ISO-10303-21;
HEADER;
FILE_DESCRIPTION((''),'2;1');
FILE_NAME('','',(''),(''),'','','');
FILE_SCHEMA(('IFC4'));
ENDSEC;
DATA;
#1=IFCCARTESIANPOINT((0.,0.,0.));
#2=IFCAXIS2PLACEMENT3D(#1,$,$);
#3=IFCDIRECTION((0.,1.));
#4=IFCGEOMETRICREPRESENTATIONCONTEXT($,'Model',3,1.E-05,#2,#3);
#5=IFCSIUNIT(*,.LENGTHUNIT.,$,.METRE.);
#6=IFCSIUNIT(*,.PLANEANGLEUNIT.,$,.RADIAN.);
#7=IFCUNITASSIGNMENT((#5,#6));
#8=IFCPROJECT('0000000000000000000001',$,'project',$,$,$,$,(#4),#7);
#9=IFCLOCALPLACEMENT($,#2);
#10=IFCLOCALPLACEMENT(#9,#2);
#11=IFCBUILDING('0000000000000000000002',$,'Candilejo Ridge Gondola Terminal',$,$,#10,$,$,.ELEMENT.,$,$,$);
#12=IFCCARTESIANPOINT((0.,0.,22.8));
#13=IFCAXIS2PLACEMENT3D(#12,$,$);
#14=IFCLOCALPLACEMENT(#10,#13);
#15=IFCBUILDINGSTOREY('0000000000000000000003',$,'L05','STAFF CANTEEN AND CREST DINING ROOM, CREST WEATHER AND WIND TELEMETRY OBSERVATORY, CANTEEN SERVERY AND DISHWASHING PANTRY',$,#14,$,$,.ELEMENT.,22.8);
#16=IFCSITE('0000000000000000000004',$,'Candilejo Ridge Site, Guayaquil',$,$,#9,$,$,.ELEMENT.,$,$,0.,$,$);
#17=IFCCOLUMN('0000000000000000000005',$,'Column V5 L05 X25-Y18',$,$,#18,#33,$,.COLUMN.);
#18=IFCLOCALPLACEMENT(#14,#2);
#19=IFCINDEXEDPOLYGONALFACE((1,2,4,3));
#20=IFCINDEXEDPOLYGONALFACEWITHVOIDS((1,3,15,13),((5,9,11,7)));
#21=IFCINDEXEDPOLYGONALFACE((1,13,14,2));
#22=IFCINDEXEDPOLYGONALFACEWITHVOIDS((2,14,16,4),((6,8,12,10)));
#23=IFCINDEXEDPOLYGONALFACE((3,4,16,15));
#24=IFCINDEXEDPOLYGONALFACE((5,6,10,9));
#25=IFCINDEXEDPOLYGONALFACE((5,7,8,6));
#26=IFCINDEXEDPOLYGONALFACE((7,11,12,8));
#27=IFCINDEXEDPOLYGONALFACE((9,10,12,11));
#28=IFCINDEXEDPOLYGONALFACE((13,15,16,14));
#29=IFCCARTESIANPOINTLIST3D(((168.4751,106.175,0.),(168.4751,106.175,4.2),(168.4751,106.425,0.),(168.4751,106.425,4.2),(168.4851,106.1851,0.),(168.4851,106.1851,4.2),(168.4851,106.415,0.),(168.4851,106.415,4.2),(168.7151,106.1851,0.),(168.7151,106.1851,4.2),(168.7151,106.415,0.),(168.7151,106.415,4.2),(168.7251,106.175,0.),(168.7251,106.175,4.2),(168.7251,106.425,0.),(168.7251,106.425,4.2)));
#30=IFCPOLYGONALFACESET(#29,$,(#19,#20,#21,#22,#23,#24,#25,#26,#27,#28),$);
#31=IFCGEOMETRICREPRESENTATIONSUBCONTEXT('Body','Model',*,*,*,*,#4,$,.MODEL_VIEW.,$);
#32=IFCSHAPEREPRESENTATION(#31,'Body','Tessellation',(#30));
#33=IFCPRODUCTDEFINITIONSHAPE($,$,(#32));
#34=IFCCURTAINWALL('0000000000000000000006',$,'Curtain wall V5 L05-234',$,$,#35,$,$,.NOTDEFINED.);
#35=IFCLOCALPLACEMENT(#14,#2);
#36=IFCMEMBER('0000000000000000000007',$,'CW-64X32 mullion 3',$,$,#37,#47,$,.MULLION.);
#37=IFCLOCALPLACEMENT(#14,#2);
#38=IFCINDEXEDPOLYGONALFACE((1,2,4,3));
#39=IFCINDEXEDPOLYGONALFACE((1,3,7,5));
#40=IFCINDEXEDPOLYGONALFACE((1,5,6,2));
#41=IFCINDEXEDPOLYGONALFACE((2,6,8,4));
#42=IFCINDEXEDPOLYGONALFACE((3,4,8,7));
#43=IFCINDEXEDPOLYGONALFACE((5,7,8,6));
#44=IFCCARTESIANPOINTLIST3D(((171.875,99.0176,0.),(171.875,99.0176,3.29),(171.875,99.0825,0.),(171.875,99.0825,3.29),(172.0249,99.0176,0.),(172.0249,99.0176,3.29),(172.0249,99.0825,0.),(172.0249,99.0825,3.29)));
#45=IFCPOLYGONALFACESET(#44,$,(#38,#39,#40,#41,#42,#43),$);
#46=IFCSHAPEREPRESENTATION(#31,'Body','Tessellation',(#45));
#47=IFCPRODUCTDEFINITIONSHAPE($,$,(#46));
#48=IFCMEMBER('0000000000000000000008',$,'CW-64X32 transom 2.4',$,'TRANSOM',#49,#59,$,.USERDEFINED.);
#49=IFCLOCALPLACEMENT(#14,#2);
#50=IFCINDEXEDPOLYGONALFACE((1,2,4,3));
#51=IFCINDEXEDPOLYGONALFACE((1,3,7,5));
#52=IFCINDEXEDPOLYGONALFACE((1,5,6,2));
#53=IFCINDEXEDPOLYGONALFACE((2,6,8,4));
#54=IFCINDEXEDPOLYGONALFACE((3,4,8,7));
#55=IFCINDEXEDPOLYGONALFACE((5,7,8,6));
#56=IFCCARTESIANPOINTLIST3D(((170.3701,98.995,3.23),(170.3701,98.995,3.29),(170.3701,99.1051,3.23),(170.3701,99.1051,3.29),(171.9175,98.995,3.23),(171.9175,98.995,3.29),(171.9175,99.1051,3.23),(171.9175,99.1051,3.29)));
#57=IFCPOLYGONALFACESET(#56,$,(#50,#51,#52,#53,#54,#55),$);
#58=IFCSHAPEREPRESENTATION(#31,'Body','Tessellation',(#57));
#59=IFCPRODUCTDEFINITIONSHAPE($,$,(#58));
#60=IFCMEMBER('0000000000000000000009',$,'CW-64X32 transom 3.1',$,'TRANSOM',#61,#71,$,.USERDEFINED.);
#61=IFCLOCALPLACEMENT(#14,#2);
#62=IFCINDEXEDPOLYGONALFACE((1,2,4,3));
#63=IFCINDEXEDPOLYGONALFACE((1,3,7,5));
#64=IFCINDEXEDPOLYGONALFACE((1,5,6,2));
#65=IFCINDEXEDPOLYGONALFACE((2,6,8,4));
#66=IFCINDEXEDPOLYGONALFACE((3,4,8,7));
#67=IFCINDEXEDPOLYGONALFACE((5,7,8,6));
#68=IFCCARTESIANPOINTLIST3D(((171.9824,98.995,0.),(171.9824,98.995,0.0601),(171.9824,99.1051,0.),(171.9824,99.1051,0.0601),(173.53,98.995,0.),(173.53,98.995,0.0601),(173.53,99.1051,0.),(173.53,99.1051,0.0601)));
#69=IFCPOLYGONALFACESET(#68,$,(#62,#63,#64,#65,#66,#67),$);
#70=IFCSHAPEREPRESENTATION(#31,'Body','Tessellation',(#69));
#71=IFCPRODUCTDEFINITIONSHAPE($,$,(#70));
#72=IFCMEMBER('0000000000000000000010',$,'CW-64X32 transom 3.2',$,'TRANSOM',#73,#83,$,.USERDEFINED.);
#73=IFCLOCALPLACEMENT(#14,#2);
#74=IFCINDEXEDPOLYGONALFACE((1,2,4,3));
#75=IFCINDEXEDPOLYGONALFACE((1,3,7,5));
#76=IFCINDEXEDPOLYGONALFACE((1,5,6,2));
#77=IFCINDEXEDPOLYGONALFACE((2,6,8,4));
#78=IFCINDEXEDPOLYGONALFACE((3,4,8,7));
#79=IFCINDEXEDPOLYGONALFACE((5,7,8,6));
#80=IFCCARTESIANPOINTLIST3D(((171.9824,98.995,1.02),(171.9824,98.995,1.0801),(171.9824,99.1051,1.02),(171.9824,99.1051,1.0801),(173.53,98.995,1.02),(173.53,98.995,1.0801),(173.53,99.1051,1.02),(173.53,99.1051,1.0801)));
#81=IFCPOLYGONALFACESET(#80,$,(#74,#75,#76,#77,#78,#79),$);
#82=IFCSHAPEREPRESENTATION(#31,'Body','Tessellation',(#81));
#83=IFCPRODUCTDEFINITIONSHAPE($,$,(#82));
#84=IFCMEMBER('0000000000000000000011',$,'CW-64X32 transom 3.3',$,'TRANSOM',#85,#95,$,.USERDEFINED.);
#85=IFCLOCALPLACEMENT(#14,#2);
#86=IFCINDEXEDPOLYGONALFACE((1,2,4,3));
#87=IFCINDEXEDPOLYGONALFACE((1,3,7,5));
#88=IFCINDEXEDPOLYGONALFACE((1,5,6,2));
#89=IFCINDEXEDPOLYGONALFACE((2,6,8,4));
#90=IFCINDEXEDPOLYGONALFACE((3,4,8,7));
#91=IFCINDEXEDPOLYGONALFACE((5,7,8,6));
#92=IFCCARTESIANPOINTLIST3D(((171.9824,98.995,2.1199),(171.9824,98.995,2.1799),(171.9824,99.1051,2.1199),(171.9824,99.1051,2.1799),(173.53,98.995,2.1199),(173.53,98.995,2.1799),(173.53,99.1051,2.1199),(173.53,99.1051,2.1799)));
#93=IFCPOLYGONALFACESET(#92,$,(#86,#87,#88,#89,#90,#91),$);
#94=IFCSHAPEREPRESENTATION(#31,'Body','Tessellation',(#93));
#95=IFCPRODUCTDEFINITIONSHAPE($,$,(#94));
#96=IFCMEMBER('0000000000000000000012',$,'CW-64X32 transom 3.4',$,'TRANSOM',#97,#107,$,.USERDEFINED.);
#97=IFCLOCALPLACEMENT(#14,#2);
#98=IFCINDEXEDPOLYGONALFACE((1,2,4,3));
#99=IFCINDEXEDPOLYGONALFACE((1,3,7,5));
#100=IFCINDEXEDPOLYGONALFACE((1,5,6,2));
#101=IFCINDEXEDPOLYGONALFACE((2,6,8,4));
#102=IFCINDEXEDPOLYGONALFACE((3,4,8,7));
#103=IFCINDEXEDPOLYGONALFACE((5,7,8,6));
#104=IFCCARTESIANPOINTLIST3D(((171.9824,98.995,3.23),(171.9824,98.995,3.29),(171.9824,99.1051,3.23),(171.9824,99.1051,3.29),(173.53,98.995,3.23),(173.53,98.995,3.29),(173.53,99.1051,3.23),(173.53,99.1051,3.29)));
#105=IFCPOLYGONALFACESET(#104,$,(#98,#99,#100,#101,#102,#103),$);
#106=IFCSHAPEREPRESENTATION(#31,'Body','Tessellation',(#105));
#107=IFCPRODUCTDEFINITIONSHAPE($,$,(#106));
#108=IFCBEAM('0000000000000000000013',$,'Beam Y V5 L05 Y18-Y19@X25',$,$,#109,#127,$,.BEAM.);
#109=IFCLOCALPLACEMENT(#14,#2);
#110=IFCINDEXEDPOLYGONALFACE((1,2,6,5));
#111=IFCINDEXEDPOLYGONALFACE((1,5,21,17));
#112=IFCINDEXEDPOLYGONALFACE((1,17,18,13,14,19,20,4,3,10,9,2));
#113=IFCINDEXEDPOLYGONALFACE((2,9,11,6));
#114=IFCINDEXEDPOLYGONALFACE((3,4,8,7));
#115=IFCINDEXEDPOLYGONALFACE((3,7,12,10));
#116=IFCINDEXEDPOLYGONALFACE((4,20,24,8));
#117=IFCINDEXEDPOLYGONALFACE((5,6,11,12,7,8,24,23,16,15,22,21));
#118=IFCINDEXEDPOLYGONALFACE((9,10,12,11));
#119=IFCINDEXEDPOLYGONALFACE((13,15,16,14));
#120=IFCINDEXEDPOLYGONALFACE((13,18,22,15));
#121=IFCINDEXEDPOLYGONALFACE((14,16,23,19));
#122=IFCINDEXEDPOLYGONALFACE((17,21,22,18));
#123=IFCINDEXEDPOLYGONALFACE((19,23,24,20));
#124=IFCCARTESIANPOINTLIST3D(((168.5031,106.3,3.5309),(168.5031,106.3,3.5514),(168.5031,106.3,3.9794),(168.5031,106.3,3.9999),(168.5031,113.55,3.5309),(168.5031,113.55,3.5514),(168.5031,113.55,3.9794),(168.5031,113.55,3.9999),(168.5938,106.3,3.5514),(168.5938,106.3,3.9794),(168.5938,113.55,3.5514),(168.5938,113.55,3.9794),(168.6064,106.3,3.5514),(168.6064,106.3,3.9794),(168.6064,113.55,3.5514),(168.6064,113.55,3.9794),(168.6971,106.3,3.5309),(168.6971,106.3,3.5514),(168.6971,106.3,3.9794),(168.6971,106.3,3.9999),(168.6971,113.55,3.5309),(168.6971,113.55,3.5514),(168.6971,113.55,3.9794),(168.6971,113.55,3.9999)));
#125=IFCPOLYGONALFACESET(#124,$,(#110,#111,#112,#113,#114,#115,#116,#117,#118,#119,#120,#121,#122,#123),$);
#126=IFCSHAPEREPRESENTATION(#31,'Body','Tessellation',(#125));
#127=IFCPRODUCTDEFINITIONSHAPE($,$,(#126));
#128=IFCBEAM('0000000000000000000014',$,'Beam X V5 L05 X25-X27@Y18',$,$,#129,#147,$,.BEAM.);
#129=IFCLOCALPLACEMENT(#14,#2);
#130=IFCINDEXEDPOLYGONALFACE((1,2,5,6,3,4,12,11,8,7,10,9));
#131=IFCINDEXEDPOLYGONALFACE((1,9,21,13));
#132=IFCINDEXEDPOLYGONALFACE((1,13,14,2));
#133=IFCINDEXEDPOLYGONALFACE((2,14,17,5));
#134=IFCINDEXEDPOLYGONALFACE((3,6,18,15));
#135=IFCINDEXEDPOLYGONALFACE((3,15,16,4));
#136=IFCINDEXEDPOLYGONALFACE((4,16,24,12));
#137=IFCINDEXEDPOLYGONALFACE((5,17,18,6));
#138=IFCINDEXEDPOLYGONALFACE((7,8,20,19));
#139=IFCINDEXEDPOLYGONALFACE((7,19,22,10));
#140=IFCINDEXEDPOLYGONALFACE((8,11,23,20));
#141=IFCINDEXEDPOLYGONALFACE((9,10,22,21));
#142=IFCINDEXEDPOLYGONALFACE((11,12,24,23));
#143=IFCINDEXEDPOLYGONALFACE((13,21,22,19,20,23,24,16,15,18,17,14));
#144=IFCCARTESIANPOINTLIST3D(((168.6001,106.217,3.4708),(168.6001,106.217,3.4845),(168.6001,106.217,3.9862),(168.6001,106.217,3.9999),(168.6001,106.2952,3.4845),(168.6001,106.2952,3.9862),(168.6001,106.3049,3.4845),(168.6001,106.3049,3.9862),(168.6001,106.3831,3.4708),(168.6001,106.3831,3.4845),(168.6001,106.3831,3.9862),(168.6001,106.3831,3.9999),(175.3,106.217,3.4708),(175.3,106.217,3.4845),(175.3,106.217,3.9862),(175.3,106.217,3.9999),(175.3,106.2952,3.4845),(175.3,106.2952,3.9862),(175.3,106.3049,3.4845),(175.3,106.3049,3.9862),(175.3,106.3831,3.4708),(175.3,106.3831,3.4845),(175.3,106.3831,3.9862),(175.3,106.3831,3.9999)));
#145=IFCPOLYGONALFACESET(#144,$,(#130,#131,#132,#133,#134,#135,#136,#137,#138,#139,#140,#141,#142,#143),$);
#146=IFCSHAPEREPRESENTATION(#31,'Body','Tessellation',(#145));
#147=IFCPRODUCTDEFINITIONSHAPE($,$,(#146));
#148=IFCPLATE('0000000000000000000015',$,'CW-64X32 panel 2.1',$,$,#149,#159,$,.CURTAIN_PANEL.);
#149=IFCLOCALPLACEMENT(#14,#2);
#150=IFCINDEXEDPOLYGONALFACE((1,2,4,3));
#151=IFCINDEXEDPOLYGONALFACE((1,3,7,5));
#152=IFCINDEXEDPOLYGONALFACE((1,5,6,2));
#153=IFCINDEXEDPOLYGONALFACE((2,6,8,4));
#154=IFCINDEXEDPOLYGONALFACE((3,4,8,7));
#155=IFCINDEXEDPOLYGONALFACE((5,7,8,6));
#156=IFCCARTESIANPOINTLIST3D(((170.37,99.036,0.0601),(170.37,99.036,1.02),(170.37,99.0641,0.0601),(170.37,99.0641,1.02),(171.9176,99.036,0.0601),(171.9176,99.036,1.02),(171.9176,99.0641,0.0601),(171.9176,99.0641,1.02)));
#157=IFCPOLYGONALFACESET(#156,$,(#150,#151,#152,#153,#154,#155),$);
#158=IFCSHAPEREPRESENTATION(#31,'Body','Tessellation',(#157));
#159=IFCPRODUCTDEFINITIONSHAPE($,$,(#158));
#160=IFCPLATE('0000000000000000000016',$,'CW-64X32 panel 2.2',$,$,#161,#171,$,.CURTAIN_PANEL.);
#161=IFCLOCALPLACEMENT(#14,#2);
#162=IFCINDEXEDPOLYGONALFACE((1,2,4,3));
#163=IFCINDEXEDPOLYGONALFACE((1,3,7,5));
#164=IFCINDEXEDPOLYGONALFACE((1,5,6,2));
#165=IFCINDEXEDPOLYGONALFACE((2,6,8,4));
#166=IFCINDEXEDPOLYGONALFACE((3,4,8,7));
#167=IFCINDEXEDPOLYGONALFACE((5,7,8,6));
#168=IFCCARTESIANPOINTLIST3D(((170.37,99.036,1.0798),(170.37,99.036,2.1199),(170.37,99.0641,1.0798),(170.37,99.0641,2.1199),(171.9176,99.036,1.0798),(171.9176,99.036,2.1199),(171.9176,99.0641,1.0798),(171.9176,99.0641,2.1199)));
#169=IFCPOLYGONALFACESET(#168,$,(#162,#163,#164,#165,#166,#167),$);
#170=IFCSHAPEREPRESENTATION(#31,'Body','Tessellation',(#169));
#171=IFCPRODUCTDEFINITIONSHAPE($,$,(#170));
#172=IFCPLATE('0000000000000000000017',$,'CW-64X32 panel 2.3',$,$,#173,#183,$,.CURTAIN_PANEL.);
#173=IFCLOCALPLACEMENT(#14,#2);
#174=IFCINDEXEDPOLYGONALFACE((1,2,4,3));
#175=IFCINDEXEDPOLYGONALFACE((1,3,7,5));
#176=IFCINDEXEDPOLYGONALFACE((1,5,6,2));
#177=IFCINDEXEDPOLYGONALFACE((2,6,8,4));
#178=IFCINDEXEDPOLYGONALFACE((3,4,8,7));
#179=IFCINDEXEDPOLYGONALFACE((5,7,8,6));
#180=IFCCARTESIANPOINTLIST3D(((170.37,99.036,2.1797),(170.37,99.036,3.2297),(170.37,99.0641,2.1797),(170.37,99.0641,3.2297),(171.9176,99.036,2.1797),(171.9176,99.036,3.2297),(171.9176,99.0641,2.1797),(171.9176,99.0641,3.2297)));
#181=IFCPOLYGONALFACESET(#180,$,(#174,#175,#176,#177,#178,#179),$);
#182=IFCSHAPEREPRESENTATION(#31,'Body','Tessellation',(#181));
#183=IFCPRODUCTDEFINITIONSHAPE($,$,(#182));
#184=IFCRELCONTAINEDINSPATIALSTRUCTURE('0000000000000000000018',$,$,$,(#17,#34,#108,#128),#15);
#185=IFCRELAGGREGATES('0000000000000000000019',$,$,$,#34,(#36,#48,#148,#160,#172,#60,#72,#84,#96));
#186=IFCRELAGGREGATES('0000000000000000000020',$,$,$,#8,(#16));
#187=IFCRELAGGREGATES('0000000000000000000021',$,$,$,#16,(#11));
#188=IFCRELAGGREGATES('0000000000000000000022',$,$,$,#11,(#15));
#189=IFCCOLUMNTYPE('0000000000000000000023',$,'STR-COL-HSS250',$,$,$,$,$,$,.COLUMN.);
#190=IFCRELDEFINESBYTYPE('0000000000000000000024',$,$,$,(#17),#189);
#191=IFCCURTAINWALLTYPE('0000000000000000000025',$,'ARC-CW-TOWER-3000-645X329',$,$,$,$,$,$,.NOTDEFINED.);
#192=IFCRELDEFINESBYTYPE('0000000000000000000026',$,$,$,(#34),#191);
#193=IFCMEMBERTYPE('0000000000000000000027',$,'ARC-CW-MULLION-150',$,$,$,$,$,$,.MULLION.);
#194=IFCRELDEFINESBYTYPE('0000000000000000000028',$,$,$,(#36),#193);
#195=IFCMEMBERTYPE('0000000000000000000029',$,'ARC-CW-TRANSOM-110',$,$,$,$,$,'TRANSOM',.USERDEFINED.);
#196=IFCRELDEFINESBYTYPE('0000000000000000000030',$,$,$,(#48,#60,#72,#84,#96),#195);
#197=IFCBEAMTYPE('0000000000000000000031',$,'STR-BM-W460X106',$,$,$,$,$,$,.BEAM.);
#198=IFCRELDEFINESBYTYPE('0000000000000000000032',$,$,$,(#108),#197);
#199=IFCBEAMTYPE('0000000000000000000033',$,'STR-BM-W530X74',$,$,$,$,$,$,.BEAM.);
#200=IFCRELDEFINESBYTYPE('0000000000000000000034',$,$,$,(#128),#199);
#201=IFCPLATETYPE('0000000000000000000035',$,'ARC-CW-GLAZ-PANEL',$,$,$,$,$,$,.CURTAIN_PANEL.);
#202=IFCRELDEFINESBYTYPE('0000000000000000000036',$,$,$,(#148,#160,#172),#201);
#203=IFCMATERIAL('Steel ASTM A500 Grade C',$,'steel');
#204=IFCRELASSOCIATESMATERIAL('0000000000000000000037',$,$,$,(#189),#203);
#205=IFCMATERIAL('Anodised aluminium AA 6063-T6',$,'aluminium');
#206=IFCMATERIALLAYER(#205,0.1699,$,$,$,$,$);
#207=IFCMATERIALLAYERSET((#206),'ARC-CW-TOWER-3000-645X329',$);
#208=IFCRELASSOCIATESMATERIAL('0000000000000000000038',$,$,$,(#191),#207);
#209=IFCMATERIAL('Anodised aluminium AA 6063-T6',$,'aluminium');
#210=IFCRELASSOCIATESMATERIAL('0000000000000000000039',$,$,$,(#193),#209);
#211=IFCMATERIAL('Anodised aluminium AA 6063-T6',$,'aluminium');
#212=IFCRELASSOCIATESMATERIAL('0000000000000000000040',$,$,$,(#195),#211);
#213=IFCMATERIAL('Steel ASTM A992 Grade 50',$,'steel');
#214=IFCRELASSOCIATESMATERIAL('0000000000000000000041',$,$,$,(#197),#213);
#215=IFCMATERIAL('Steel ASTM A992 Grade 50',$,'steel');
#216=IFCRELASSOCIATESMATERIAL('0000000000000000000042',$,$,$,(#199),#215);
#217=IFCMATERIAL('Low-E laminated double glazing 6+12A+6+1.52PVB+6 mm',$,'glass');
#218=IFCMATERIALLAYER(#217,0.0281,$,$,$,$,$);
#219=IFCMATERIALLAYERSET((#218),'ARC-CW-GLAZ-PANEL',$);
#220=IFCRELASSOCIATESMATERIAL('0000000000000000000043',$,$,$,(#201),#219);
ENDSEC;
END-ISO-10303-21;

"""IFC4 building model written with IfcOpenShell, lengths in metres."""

from ifc_helpers import new_model, si_unit, direction, frame, origin, origin_2d, place, context, subcontext, project, spatial, rectangle, hollow_rectangle, i_section, extrude, material, layer, layer_set, material_profile, profile_set, type_object, element, aggregate, save


model = new_model("IFC4")

# Units and contexts
model_context = context("Model", 3, precision=1e-05, world=origin(), true_north=direction((0.0, 1.0)))
body_context = subcontext(model_context, "Body", "Model", "MODEL_VIEW")
ifc_project = project(units=[si_unit("LENGTHUNIT", "METRE"), si_unit("PLANEANGLEUNIT", "RADIAN")], contexts=[model_context])

# Site, building, storey
site_placement = place(None, origin())
site = spatial("IfcSite", under=ifc_project, at=site_placement, Name="Candilejo Ridge Site, Guayaquil", CompositionType="ELEMENT", RefElevation=0.0)
building_placement = place(site_placement, origin())
building = spatial("IfcBuilding", under=site, at=building_placement, Name="Candilejo Ridge Gondola Terminal", CompositionType="ELEMENT")
storey_placement = place(building_placement, frame((0.0, 0.0, 22.8)))
storey = spatial("IfcBuildingStorey", under=building, at=storey_placement, Name="L05", Description="STAFF CANTEEN AND CREST DINING ROOM, CREST WEATHER AND WIND TELEMETRY OBSERVATORY, CANTEEN SERVERY AND DISHWASHING PANTRY", CompositionType="ELEMENT", Elevation=22.8)

# Column
ifc_material_1 = material(Name="Steel ASTM A500 Grade C", Category="steel")
ifc_material_profile_1 = material_profile(ifc_material_1, hollow_rectangle(XDim=0.25, YDim=0.25, WallThickness=0.01, at=origin_2d()))
ifc_profile_set_1 = profile_set([ifc_material_profile_1], Name="Steel ASTM A500 Grade C")
column_type = type_object("IfcColumnType", Name="STR-COL-HSS250", PredefinedType="COLUMN", material=ifc_profile_set_1)
column_placement = place(storey_placement, frame((168.6001, 106.3, 0.0), z_axis=(0.0, 0.0, 1.0), x_axis=(1.0, 0.0, 0.0)))
element("IfcColumn", 1, at=column_placement, inside=storey, type_object=column_type, Name="Column V5 L05 X25-Y18", PredefinedType="COLUMN", context=body_context, shape_type="SweptSolid", body=[
    extrude(hollow_rectangle(XDim=0.25, YDim=0.25, WallThickness=0.01, at=origin_2d()), origin(), (0.0, 0.0, 1.0), 4.2),
])

# Curtain wall, members
ifc_material_2 = material(Name="Anodised aluminium AA 6063-T6", Category="aluminium")
ifc_layer_1 = layer(ifc_material_2, 0.1699)
ifc_layer_set_1 = layer_set([ifc_layer_1], Name="ARC-CW-TOWER-3000-645X329")
curtain_wall_type = type_object("IfcCurtainWallType", Name="ARC-CW-TOWER-3000-645X329", PredefinedType="NOTDEFINED", material=ifc_layer_set_1)
curtain_wall_placement = place(storey_placement, origin())
curtain_wall = element("IfcCurtainWall", 2, at=curtain_wall_placement, inside=storey, type_object=curtain_wall_type, Name="Curtain wall V5 L05-234", PredefinedType="NOTDEFINED")
ifc_material_3 = material(Name="Anodised aluminium AA 6063-T6", Category="aluminium")
ifc_material_profile_2 = material_profile(ifc_material_3, rectangle(XDim=0.0649, YDim=0.1499, at=origin_2d()))
ifc_profile_set_2 = profile_set([ifc_material_profile_2], Name="Anodised aluminium AA 6063-T6")
member_type_1 = type_object("IfcMemberType", Name="ARC-CW-MULLION-150", PredefinedType="MULLION", material=ifc_profile_set_2)
member_1_placement = place(storey_placement, frame((171.95, 99.05, 0.0), z_axis=(0.0, 0.0, 1.0), x_axis=(0.0, 1.0, 0.0)))
member_1 = element("IfcMember", 3, at=member_1_placement, type_object=member_type_1, Name="CW-64X32 mullion 3", PredefinedType="MULLION", context=body_context, shape_type="SweptSolid", body=[
    extrude(rectangle(XDim=0.0649, YDim=0.1499, at=origin_2d()), origin(), (0.0, 0.0, 1.0), 3.29),
])
ifc_material_4 = material(Name="Anodised aluminium AA 6063-T6", Category="aluminium")
ifc_material_profile_3 = material_profile(ifc_material_4, rectangle(XDim=0.1101, YDim=0.0601, at=origin_2d()))
ifc_profile_set_3 = profile_set([ifc_material_profile_3], Name="Anodised aluminium AA 6063-T6")
member_type_2 = type_object("IfcMemberType", Name="ARC-CW-TRANSOM-110", ElementType="TRANSOM", PredefinedType="USERDEFINED", material=ifc_profile_set_3)
member_2_placement = place(storey_placement, frame((170.3701, 99.05, 3.26), z_axis=(1.0, 0.0, 0.0), x_axis=(0.0, 1.0, 0.0)))
member_2 = element("IfcMember", 4, at=member_2_placement, type_object=member_type_2, Name="CW-64X32 transom 2.4", ObjectType="TRANSOM", PredefinedType="USERDEFINED", context=body_context, shape_type="SweptSolid", body=[
    extrude(rectangle(XDim=0.1101, YDim=0.0601, at=origin_2d()), origin(), (0.0, 0.0, 1.0), 1.5474),
])
member_3_placement = place(storey_placement, frame((171.9824, 99.05, 0.03), z_axis=(1.0, 0.0, 0.0), x_axis=(0.0, 1.0, 0.0)))
member_3 = element("IfcMember", 5, at=member_3_placement, type_object=member_type_2, Name="CW-64X32 transom 3.1", ObjectType="TRANSOM", PredefinedType="USERDEFINED", context=body_context, shape_type="SweptSolid", body=[
    extrude(rectangle(XDim=0.1101, YDim=0.0601, at=origin_2d()), origin(), (0.0, 0.0, 1.0), 1.5476),
])
member_4_placement = place(storey_placement, frame((171.9824, 99.05, 1.05), z_axis=(1.0, 0.0, 0.0), x_axis=(0.0, 1.0, 0.0)))
member_4 = element("IfcMember", 6, at=member_4_placement, type_object=member_type_2, Name="CW-64X32 transom 3.2", ObjectType="TRANSOM", PredefinedType="USERDEFINED", context=body_context, shape_type="SweptSolid", body=[
    extrude(rectangle(XDim=0.1101, YDim=0.0601, at=origin_2d()), origin(), (0.0, 0.0, 1.0), 1.5476),
])
member_5_placement = place(storey_placement, frame((171.9824, 99.05, 2.1499), z_axis=(1.0, 0.0, 0.0), x_axis=(0.0, 1.0, 0.0)))
member_5 = element("IfcMember", 7, at=member_5_placement, type_object=member_type_2, Name="CW-64X32 transom 3.3", ObjectType="TRANSOM", PredefinedType="USERDEFINED", context=body_context, shape_type="SweptSolid", body=[
    extrude(rectangle(XDim=0.1101, YDim=0.0601, at=origin_2d()), origin(), (0.0, 0.0, 1.0), 1.5476),
])
member_6_placement = place(storey_placement, frame((171.9824, 99.05, 3.26), z_axis=(1.0, 0.0, 0.0), x_axis=(0.0, 1.0, 0.0)))
member_6 = element("IfcMember", 8, at=member_6_placement, type_object=member_type_2, Name="CW-64X32 transom 3.4", ObjectType="TRANSOM", PredefinedType="USERDEFINED", context=body_context, shape_type="SweptSolid", body=[
    extrude(rectangle(XDim=0.1101, YDim=0.0601, at=origin_2d()), origin(), (0.0, 0.0, 1.0), 1.5476),
])

# Beams
ifc_material_5 = material(Name="Steel ASTM A992 Grade 50", Category="steel")
ifc_material_profile_4 = material_profile(ifc_material_5, i_section(OverallWidth=0.1941, OverallDepth=0.469, WebThickness=0.0127, FlangeThickness=0.0205, at=origin_2d()))
ifc_profile_set_4 = profile_set([ifc_material_profile_4], Name="Steel ASTM A992 Grade 50")
beam_type_1 = type_object("IfcBeamType", Name="STR-BM-W460X106", PredefinedType="BEAM", material=ifc_profile_set_4)
beam_1_placement = place(storey_placement, frame((168.6001, 106.3, 3.7654), z_axis=(0.0, 1.0, 0.0), x_axis=(-1.0, 0.0, 0.0)))
element("IfcBeam", 9, at=beam_1_placement, inside=storey, type_object=beam_type_1, Name="Beam Y V5 L05 Y18-Y19@X25", PredefinedType="BEAM", context=body_context, shape_type="SweptSolid", body=[
    extrude(i_section(OverallWidth=0.1941, OverallDepth=0.469, WebThickness=0.0127, FlangeThickness=0.0205, at=origin_2d()), origin(), (0.0, 0.0, 1.0), 7.25),
])
ifc_material_6 = material(Name="Steel ASTM A992 Grade 50", Category="steel")
ifc_material_profile_5 = material_profile(ifc_material_6, i_section(OverallWidth=0.166, OverallDepth=0.5291, WebThickness=0.0098, FlangeThickness=0.0137, at=origin_2d()))
ifc_profile_set_5 = profile_set([ifc_material_profile_5], Name="Steel ASTM A992 Grade 50")
beam_type_2 = type_object("IfcBeamType", Name="STR-BM-W530X74", PredefinedType="BEAM", material=ifc_profile_set_5)
beam_2_placement = place(storey_placement, frame((168.6001, 106.3, 3.7354), z_axis=(1.0, 0.0, 0.0), x_axis=(0.0, 1.0, 0.0)))
element("IfcBeam", 10, at=beam_2_placement, inside=storey, type_object=beam_type_2, Name="Beam X V5 L05 X25-X27@Y18", PredefinedType="BEAM", context=body_context, shape_type="SweptSolid", body=[
    extrude(i_section(OverallWidth=0.166, OverallDepth=0.5291, WebThickness=0.0098, FlangeThickness=0.0137, at=origin_2d()), origin(), (0.0, 0.0, 1.0), 6.7),
])

# Plates
ifc_material_7 = material(Name="Low-E laminated double glazing 6+12A+6+1.52PVB+6 mm", Category="glass")
ifc_layer_2 = layer(ifc_material_7, 0.0281)
ifc_layer_set_2 = layer_set([ifc_layer_2], Name="ARC-CW-GLAZ-PANEL")
plate_type = type_object("IfcPlateType", Name="ARC-CW-GLAZ-PANEL", PredefinedType="CURTAIN_PANEL", material=ifc_layer_set_2)
plate_1_placement = place(storey_placement, frame((171.1438, 99.05, 0.0601), z_axis=(0.0, 0.0, 1.0), x_axis=(1.0, 0.0, 0.0)))
plate_1 = element("IfcPlate", 11, at=plate_1_placement, type_object=plate_type, Name="CW-64X32 panel 2.1", PredefinedType="CURTAIN_PANEL", context=body_context, shape_type="SweptSolid", body=[
    extrude(rectangle(XDim=1.5476, YDim=0.0281, at=origin_2d()), origin(), (0.0, 0.0, 1.0), 0.96),
])
plate_2_placement = place(storey_placement, frame((171.1438, 99.05, 1.0798), z_axis=(0.0, 0.0, 1.0), x_axis=(1.0, 0.0, 0.0)))
plate_2 = element("IfcPlate", 12, at=plate_2_placement, type_object=plate_type, Name="CW-64X32 panel 2.2", PredefinedType="CURTAIN_PANEL", context=body_context, shape_type="SweptSolid", body=[
    extrude(rectangle(XDim=1.5476, YDim=0.0281, at=origin_2d()), origin(), (0.0, 0.0, 1.0), 1.04),
])
plate_3_placement = place(storey_placement, frame((171.1438, 99.05, 2.1797), z_axis=(0.0, 0.0, 1.0), x_axis=(1.0, 0.0, 0.0)))
plate_3 = element("IfcPlate", 13, at=plate_3_placement, type_object=plate_type, Name="CW-64X32 panel 2.3", PredefinedType="CURTAIN_PANEL", context=body_context, shape_type="SweptSolid", body=[
    extrude(rectangle(XDim=1.5476, YDim=0.0281, at=origin_2d()), origin(), (0.0, 0.0, 1.0), 1.05),
])
aggregate(curtain_wall, [member_1, member_2, plate_1, plate_2, plate_3, member_3, member_4, member_5, member_6])

save(model, "model.ifc")
